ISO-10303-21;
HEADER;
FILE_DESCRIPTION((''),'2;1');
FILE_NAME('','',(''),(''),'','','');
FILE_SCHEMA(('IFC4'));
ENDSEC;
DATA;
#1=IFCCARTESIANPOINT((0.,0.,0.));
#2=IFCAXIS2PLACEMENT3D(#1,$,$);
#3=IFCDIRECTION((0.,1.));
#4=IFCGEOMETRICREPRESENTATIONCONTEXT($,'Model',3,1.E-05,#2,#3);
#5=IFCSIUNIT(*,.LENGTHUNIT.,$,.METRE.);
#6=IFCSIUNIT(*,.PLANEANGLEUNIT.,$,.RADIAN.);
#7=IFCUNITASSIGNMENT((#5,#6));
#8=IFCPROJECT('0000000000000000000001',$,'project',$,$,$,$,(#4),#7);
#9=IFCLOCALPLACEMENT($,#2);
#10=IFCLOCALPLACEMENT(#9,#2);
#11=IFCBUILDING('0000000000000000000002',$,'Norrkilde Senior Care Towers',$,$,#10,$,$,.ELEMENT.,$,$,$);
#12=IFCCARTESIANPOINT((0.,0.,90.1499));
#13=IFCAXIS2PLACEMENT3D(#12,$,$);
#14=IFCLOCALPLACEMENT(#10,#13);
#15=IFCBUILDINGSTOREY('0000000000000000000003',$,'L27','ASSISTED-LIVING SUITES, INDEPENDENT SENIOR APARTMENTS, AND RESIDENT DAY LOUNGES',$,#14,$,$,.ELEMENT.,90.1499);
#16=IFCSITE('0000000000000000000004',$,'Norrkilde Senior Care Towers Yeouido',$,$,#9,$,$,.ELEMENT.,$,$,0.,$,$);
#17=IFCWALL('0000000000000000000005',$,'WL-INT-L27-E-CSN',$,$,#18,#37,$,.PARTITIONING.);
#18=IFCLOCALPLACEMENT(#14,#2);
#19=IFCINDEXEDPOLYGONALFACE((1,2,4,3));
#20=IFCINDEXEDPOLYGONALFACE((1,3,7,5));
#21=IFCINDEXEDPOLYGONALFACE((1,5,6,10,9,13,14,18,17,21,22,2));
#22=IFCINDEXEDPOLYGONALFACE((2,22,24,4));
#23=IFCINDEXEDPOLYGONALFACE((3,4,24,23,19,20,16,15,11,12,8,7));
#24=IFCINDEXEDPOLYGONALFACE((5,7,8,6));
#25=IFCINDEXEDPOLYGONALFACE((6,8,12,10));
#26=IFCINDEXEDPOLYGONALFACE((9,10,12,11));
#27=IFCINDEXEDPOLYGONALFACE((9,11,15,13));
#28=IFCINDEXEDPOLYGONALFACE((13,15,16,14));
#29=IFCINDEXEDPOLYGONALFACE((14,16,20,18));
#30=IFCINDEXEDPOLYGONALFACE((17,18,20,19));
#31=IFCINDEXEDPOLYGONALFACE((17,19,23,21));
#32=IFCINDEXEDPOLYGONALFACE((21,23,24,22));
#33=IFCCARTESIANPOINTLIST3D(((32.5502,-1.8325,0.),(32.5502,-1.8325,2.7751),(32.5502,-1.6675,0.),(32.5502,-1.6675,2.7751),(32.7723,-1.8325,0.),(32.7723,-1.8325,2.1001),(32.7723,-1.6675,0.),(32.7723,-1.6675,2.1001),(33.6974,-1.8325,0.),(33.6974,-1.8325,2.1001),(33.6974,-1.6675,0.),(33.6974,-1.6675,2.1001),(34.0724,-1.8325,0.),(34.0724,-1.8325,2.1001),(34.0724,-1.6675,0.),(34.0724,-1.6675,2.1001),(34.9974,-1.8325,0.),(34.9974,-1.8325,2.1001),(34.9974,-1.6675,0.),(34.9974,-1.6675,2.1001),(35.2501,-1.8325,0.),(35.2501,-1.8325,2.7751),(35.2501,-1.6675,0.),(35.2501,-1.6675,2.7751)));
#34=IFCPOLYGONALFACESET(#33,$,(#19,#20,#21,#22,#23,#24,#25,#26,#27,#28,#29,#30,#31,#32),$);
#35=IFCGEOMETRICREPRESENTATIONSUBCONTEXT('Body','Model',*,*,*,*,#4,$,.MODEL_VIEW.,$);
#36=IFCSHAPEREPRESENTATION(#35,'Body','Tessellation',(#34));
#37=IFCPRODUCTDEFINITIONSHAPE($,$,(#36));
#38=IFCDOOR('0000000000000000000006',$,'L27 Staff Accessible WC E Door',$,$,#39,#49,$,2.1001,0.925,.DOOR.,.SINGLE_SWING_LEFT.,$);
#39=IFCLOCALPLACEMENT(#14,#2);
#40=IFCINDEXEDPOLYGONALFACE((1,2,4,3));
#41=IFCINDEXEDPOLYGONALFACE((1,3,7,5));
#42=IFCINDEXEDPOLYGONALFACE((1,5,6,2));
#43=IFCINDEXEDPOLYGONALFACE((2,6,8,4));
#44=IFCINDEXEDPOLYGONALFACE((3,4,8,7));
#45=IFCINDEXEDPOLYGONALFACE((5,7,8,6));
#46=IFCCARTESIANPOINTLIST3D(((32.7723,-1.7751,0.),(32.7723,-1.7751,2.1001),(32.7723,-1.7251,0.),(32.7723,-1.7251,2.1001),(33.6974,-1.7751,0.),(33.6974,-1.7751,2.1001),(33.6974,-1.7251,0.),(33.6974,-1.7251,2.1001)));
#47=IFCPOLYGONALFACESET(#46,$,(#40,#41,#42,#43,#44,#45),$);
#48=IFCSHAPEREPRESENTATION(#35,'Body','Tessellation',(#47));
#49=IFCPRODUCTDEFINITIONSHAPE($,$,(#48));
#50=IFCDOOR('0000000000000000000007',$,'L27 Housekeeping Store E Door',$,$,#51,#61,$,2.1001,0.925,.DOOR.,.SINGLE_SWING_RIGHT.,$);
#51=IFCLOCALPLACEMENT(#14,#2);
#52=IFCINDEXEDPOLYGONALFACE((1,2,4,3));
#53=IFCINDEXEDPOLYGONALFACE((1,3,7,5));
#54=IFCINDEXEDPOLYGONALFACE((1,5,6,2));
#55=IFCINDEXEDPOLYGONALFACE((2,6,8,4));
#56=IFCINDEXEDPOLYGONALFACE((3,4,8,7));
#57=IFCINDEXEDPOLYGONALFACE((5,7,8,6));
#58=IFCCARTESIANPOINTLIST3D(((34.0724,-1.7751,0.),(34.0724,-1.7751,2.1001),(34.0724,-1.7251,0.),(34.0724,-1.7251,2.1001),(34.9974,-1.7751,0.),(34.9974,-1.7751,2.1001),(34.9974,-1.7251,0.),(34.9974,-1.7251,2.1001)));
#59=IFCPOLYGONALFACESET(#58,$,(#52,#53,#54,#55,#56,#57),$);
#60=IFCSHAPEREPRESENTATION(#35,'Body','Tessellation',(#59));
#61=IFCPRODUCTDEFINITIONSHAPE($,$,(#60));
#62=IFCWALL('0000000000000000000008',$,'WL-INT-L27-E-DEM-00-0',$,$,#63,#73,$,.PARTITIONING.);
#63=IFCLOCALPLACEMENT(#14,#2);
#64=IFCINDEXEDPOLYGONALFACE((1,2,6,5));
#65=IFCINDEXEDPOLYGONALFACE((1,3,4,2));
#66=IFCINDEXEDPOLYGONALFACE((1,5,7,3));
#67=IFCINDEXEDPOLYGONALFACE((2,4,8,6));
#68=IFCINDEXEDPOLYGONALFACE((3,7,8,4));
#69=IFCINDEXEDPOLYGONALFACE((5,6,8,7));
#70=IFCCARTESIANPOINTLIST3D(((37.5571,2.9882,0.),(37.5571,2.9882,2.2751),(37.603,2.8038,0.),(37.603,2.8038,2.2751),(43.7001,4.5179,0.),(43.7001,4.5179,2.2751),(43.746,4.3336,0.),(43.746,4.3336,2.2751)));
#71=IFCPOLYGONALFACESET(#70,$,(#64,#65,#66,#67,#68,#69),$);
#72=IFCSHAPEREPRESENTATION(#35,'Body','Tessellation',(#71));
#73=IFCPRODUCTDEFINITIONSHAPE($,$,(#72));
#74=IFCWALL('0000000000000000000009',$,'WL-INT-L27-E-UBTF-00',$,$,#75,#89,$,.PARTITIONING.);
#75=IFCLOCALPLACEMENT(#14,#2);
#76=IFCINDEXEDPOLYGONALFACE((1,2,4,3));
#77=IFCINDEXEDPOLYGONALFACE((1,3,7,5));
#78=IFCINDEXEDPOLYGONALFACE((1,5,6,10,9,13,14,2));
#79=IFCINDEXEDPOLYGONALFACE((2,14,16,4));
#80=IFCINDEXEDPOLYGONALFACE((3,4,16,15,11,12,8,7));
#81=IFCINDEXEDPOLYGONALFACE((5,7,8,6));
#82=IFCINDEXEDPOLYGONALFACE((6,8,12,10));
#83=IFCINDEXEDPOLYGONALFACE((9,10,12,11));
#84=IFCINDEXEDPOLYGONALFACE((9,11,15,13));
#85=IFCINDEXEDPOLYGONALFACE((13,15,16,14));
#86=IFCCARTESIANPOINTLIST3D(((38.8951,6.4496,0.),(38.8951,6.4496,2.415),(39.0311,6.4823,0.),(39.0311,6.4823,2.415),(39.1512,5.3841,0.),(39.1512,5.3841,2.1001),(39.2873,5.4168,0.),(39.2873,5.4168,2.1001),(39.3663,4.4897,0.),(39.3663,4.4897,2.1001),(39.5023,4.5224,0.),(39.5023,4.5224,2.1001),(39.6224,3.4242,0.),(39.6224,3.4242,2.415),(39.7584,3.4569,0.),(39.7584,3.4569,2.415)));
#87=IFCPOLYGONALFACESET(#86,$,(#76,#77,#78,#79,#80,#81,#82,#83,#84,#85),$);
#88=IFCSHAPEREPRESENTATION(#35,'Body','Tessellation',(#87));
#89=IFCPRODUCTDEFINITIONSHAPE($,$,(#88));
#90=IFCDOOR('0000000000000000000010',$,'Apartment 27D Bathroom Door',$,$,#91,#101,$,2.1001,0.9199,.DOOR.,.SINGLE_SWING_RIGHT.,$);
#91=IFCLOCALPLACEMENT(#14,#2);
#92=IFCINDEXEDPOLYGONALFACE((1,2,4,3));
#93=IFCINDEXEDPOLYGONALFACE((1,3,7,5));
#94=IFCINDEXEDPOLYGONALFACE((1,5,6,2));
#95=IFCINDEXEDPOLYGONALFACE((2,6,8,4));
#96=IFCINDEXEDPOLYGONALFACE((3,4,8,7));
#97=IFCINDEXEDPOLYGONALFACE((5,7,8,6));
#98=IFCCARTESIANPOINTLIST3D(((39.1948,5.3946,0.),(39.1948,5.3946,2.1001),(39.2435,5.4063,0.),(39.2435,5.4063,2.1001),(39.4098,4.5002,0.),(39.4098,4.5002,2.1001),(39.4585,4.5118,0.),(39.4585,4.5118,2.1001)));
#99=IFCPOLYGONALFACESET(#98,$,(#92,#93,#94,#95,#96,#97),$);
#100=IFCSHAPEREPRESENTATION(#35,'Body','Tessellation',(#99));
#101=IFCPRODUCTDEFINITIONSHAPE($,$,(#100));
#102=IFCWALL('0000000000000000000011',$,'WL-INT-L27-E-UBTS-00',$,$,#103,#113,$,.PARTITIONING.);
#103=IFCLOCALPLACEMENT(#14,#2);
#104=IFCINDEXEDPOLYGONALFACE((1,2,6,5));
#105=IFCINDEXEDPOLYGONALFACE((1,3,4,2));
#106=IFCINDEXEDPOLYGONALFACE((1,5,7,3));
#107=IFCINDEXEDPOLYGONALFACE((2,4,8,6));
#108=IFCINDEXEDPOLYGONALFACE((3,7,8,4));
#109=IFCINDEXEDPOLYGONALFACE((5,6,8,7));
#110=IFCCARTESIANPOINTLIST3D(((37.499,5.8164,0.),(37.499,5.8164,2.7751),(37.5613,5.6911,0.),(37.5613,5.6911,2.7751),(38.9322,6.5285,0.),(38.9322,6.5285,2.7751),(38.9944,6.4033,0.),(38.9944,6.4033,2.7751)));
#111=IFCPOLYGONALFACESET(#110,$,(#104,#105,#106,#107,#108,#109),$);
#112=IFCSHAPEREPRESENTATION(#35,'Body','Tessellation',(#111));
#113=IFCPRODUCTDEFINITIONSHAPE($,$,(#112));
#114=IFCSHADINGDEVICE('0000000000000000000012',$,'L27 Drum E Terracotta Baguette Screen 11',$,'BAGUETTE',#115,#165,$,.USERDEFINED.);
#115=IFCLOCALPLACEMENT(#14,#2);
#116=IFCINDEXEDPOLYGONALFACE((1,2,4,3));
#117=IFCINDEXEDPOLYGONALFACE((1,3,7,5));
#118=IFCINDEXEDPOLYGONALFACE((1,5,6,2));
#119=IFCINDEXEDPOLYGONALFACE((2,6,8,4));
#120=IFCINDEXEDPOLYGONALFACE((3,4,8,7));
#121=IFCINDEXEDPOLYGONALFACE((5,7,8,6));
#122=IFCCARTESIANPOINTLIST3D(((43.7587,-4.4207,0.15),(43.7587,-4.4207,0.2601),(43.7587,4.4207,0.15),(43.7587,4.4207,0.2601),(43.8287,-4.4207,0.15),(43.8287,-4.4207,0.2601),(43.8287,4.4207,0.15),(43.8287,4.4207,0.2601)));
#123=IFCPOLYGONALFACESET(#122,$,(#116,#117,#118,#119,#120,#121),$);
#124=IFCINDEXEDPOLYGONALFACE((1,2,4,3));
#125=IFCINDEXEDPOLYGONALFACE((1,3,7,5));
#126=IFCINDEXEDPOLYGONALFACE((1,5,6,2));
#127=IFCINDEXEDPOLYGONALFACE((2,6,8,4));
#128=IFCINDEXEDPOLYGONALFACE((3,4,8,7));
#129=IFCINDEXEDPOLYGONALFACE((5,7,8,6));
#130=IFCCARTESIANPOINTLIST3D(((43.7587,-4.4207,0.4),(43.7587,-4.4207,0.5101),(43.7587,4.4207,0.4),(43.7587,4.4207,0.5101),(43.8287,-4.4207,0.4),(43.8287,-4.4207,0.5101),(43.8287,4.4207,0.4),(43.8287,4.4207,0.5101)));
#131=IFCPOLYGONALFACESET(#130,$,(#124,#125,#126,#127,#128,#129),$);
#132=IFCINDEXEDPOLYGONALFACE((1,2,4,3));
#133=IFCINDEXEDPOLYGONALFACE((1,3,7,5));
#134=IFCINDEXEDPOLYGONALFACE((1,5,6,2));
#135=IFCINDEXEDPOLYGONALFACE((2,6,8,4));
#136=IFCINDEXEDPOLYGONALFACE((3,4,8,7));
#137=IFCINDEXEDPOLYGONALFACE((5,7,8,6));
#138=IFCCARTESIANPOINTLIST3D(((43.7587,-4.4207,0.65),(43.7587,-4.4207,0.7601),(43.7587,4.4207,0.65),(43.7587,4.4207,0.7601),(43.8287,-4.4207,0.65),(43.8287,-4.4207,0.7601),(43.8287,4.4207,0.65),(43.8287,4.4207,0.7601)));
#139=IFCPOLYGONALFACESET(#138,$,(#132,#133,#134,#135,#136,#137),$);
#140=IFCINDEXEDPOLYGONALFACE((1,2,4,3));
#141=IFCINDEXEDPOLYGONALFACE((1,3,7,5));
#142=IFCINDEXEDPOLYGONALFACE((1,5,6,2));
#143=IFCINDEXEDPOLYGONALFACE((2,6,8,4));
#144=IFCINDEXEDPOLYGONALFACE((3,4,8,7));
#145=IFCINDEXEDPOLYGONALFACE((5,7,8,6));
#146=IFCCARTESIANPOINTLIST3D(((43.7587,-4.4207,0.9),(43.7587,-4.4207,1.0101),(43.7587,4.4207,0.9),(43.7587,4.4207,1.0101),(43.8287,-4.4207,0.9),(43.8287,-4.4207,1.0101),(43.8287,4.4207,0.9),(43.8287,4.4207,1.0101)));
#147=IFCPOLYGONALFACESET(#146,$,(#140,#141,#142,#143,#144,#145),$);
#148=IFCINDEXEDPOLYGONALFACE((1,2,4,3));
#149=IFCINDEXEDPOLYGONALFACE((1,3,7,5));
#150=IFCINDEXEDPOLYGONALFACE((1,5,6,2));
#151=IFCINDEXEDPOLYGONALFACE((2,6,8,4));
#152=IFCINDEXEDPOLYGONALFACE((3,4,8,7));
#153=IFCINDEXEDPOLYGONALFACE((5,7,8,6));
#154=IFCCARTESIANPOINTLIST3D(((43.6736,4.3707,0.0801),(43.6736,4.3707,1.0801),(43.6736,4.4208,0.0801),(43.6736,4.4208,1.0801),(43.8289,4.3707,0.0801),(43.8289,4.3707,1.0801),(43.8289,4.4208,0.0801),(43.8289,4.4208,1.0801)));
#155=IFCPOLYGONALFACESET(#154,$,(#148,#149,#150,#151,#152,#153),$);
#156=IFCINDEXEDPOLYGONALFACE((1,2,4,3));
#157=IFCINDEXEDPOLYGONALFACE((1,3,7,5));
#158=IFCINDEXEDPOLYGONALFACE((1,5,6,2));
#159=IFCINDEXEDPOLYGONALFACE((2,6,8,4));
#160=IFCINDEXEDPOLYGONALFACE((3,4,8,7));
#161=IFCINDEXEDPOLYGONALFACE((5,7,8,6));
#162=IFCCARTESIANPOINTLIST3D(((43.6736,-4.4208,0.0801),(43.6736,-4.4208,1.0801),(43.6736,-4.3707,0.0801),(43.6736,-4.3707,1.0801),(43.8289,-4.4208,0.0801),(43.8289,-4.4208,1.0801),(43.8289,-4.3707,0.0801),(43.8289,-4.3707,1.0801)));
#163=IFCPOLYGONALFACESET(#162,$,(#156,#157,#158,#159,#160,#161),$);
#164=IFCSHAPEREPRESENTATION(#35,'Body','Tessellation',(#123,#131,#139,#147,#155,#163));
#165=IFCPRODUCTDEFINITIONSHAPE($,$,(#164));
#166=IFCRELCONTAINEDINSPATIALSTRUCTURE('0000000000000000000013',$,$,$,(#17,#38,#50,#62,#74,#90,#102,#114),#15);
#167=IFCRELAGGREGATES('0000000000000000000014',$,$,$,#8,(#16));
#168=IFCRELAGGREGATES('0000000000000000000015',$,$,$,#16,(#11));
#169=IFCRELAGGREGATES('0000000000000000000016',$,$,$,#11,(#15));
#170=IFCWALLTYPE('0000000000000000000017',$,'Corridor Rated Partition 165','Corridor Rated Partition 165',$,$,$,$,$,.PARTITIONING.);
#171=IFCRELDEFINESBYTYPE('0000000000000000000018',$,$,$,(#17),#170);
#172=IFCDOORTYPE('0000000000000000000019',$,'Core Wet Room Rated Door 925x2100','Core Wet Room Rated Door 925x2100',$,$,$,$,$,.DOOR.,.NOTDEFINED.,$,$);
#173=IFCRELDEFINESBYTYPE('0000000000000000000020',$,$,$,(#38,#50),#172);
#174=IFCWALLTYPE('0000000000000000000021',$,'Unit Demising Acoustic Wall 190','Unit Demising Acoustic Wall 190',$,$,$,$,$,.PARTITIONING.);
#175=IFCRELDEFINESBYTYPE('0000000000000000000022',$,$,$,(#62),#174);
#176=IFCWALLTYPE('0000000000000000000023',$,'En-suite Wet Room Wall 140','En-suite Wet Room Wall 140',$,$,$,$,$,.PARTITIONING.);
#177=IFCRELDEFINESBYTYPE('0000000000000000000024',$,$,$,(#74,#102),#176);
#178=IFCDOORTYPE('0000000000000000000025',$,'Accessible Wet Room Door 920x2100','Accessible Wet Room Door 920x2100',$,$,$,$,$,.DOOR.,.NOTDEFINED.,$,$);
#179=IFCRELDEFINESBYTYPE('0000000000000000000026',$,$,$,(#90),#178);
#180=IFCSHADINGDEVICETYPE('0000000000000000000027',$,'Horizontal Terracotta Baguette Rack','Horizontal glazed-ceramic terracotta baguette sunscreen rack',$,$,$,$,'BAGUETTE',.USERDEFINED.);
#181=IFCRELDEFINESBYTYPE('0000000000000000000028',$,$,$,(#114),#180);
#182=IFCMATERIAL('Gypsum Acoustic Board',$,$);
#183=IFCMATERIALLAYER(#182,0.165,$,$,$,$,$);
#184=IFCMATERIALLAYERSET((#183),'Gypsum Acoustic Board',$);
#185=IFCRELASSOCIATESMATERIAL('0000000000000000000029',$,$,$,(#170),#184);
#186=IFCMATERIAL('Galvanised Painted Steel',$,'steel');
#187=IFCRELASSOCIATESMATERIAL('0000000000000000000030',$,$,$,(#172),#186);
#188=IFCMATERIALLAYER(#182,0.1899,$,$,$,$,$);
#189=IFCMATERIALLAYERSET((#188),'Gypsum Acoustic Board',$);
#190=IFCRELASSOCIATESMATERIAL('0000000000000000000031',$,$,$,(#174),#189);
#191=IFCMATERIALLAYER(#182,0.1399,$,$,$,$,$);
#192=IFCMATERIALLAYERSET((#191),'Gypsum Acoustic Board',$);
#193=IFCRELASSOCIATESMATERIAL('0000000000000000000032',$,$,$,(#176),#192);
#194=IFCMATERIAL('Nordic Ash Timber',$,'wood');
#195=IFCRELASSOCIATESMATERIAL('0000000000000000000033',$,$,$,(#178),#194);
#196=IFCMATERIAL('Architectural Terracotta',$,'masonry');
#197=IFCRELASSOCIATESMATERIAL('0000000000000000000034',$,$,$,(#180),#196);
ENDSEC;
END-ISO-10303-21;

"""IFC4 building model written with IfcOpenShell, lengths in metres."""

from ifc_helpers import new_model, si_unit, direction, frame, frame_2d, origin, origin_2d, place, context, subcontext, project, spatial, rectangle, extrude, source, transform, mapped, material, layer, layer_set, type_object, type_shapes, element, fill, save


model = new_model("IFC4")

# Units and contexts
model_context = context("Model", 3, precision=1e-05, world=origin(), true_north=direction((0.0, 1.0)))
body_context = subcontext(model_context, "Body", "Model", "MODEL_VIEW")
ifc_project = project(units=[si_unit("LENGTHUNIT", "METRE"), si_unit("PLANEANGLEUNIT", "RADIAN")], contexts=[model_context])

# Site, building, storey
site_placement = place(None, origin())
site = spatial("IfcSite", under=ifc_project, at=site_placement, Name="Norrkilde Senior Care Towers Yeouido", CompositionType="ELEMENT", RefElevation=0.0)
building_placement = place(site_placement, origin())
building = spatial("IfcBuilding", under=site, at=building_placement, Name="Norrkilde Senior Care Towers", CompositionType="ELEMENT")
storey_placement = place(building_placement, frame((0.0, 0.0, 90.1499)))
storey = spatial("IfcBuildingStorey", under=building, at=storey_placement, Name="L27", Description="ASSISTED-LIVING SUITES, INDEPENDENT SENIOR APARTMENTS, AND RESIDENT DAY LOUNGES", CompositionType="ELEMENT", Elevation=90.1499)

# Shared definitions
ifc_material_1 = material(Name="Galvanised Painted Steel", Category="steel")

# Wall, openings, doors
ifc_material_2 = material(Name="Gypsum Acoustic Board")
ifc_layer_1 = layer(ifc_material_2, 0.165)
ifc_layer_set_1 = layer_set([ifc_layer_1], Name="Gypsum Acoustic Board")
wall_type_1 = type_object("IfcWallType", Name="Corridor Rated Partition 165", Description="Corridor Rated Partition 165", PredefinedType="PARTITIONING", material=ifc_layer_set_1)
shared_shape_1 = source(origin(), body_context, "Body", "SweptSolid", [
    extrude(rectangle(XDim=2.7, YDim=0.165, at=frame_2d((1.3501, 0.0))), origin(), (0.0, 0.0, 1.0), 2.7751),
])
type_shapes(wall_type_1, [shared_shape_1])
wall_1_placement = place(storey_placement, frame((32.55, -1.75, 0.0), z_axis=(0.0, 0.0, 1.0), x_axis=(1.0, 0.0, 0.0)))
wall_1 = element("IfcWall", 1, at=wall_1_placement, inside=storey, type_object=wall_type_1, Name="WL-INT-L27-E-CSN", PredefinedType="PARTITIONING", context=body_context, shape_type="MappedRepresentation", body=[
    mapped(shared_shape_1, transform((0.0, 0.0, 0.0), x_axis=(1.0, 0.0, 0.0), y_axis=(0.0, 1.0, 0.0), z_axis=(0.0, 0.0, 1.0), scale=1.0)),
])
opening_1_placement = place(wall_1_placement, frame((0.2224, 0.0, 0.0)))
opening_1 = element("IfcOpeningElement", 2, at=opening_1_placement, cuts=wall_1, PredefinedType="OPENING", context=body_context, shape_type="SweptSolid", body=[
    extrude(rectangle(XDim=0.925, YDim=2.1001, at=frame_2d((0.4624, 1.05))), frame((0.0, 0.0925, 0.0), z_axis=(0.0, -1.0, 0.0), x_axis=(1.0, 0.0, 0.0)), (0.0, 0.0, 1.0), 0.1851),
])
opening_2_placement = place(wall_1_placement, frame((1.5225, 0.0, 0.0)))
opening_2 = element("IfcOpeningElement", 3, at=opening_2_placement, cuts=wall_1, PredefinedType="OPENING", context=body_context, shape_type="SweptSolid", body=[
    extrude(rectangle(XDim=0.925, YDim=2.1001, at=frame_2d((0.4624, 1.05))), frame((0.0, 0.0925, 0.0), z_axis=(0.0, -1.0, 0.0), x_axis=(1.0, 0.0, 0.0)), (0.0, 0.0, 1.0), 0.1851),
])
door_type_1 = type_object("IfcDoorType", Name="Core Wet Room Rated Door 925x2100", Description="Core Wet Room Rated Door 925x2100", OperationType="NOTDEFINED", PredefinedType="DOOR", material=ifc_material_1)
shared_shape_2 = source(origin(), body_context, "Body", "SweptSolid", [
    extrude(rectangle(XDim=0.925, YDim=2.1001, at=frame_2d((0.4624, 1.05))), frame((0.0, 0.0249, 0.0), z_axis=(0.0, -1.0, 0.0), x_axis=(1.0, 0.0, 0.0)), (0.0, 0.0, 1.0), 0.05),
])
type_shapes(door_type_1, [shared_shape_2])
door_1_placement = place(opening_1_placement, origin())
door_1 = element("IfcDoor", 4, at=door_1_placement, inside=storey, type_object=door_type_1, Name="L27 Staff Accessible WC E Door", OperationType="SINGLE_SWING_LEFT", OverallHeight=2.1001, OverallWidth=0.925, PredefinedType="DOOR", context=body_context, shape_type="MappedRepresentation", body=[
    mapped(shared_shape_2, transform((0.0, 0.0, 0.0), x_axis=(1.0, 0.0, 0.0), y_axis=(0.0, 1.0, 0.0), z_axis=(0.0, 0.0, 1.0), scale=1.0)),
])
fill(opening_1, door_1)
door_2_placement = place(opening_2_placement, origin())
door_2 = element("IfcDoor", 5, at=door_2_placement, inside=storey, type_object=door_type_1, Name="L27 Housekeeping Store E Door", OperationType="SINGLE_SWING_RIGHT", OverallHeight=2.1001, OverallWidth=0.925, PredefinedType="DOOR", context=body_context, shape_type="MappedRepresentation", body=[
    mapped(shared_shape_2, transform((0.0, 0.0, 0.0), x_axis=(1.0, 0.0, 0.0), y_axis=(0.0, 1.0, 0.0), z_axis=(0.0, 0.0, 1.0), scale=1.0)),
])
fill(opening_2, door_2)

# Wall
ifc_layer_2 = layer(ifc_material_2, 0.1899)
ifc_layer_set_2 = layer_set([ifc_layer_2], Name="Gypsum Acoustic Board")
wall_type_2 = type_object("IfcWallType", Name="Unit Demising Acoustic Wall 190", Description="Unit Demising Acoustic Wall 190", PredefinedType="PARTITIONING", material=ifc_layer_set_2)
shared_shape_3 = source(origin(), body_context, "Body", "SweptSolid", [
    extrude(rectangle(XDim=6.3306, YDim=0.1899, at=frame_2d((3.1653, 0.0))), origin(), (0.0, 0.0, 1.0), 2.2751),
])
type_shapes(wall_type_2, [shared_shape_3])
wall_2_placement = place(storey_placement, frame((37.5801, 2.896, 0.0), z_axis=(0.0, 0.0, 1.0), x_axis=(0.970364, 0.241646, 0.0)))
element("IfcWall", 6, at=wall_2_placement, inside=storey, type_object=wall_type_2, Name="WL-INT-L27-E-DEM-00-0", PredefinedType="PARTITIONING", context=body_context, shape_type="MappedRepresentation", body=[
    mapped(shared_shape_3, transform((0.0, 0.0, 0.0), x_axis=(1.0, 0.0, 0.0), y_axis=(0.0, 1.0, 0.0), z_axis=(0.0, 0.0, 1.0), scale=1.0)),
])

# Wall, opening, door
ifc_layer_3 = layer(ifc_material_2, 0.1399)
ifc_layer_set_3 = layer_set([ifc_layer_3], Name="Gypsum Acoustic Board")
wall_type_3 = type_object("IfcWallType", Name="En-suite Wet Room Wall 140", Description="En-suite Wet Room Wall 140", PredefinedType="PARTITIONING", material=ifc_layer_set_3)
shared_shape_4 = source(origin(), body_context, "Body", "SweptSolid", [
    extrude(rectangle(XDim=3.1116, YDim=0.1399, at=frame_2d((1.5557, 0.0))), origin(), (0.0, 0.0, 1.0), 2.415),
])
wall_3_placement = place(storey_placement, frame((38.9631, 6.4658, 0.0), z_axis=(0.0, 0.0, 1.0), x_axis=(0.233738, -0.9723, 0.0)))
wall_3 = element("IfcWall", 7, at=wall_3_placement, inside=storey, type_object=wall_type_3, Name="WL-INT-L27-E-UBTF-00", PredefinedType="PARTITIONING", context=body_context, shape_type="MappedRepresentation", body=[
    mapped(shared_shape_4, transform((0.0, 0.0, 0.0), x_axis=(1.0, 0.0, 0.0), y_axis=(0.0, 1.0, 0.0), z_axis=(0.0, 0.0, 1.0), scale=1.0)),
])
opening_3_placement = place(wall_3_placement, frame((1.0957, 0.0, 0.0)))
opening_3 = element("IfcOpeningElement", 8, at=opening_3_placement, cuts=wall_3, PredefinedType="OPENING", context=body_context, shape_type="SweptSolid", body=[
    extrude(rectangle(XDim=0.9199, YDim=2.1001, at=frame_2d((0.46, 1.05))), frame((0.0, 0.0798, 0.0), z_axis=(0.0, -1.0, 0.0), x_axis=(1.0, 0.0, 0.0)), (0.0, 0.0, 1.0), 0.1599),
])
ifc_material_3 = material(Name="Nordic Ash Timber", Category="wood")
door_type_2 = type_object("IfcDoorType", Name="Accessible Wet Room Door 920x2100", Description="Accessible Wet Room Door 920x2100", OperationType="NOTDEFINED", PredefinedType="DOOR", material=ifc_material_3)
shared_shape_5 = source(origin(), body_context, "Body", "SweptSolid", [
    extrude(rectangle(XDim=0.9199, YDim=2.1001, at=frame_2d((0.46, 1.05))), frame((0.0, 0.0249, 0.0), z_axis=(0.0, -1.0, 0.0), x_axis=(1.0, 0.0, 0.0)), (0.0, 0.0, 1.0), 0.05),
])
type_shapes(door_type_2, [shared_shape_5])
door_3_placement = place(opening_3_placement, origin())
door_3 = element("IfcDoor", 9, at=door_3_placement, inside=storey, type_object=door_type_2, Name="Apartment 27D Bathroom Door", OperationType="SINGLE_SWING_RIGHT", OverallHeight=2.1001, OverallWidth=0.9199, PredefinedType="DOOR", context=body_context, shape_type="MappedRepresentation", body=[
    mapped(shared_shape_5, transform((0.0, 0.0, 0.0), x_axis=(1.0, 0.0, 0.0), y_axis=(0.0, 1.0, 0.0), z_axis=(0.0, 0.0, 1.0), scale=1.0)),
])
fill(opening_3, door_3)

# Wall
shared_shape_6 = source(origin(), body_context, "Body", "SweptSolid", [
    extrude(rectangle(XDim=1.6003, YDim=0.1399, at=frame_2d((0.8003, 0.0))), origin(), (0.0, 0.0, 1.0), 2.7751),
])
type_shapes(wall_type_3, [shared_shape_4, shared_shape_6])
wall_4_placement = place(storey_placement, frame((37.53, 5.7537, 0.0), z_axis=(0.0, 0.0, 1.0), x_axis=(0.895523, 0.445015, 0.0)))
element("IfcWall", 10, at=wall_4_placement, inside=storey, type_object=wall_type_3, Name="WL-INT-L27-E-UBTS-00", PredefinedType="PARTITIONING", context=body_context, shape_type="MappedRepresentation", body=[
    mapped(shared_shape_6, transform((0.0, 0.0, 0.0), x_axis=(1.0, 0.0, 0.0), y_axis=(0.0, 1.0, 0.0), z_axis=(0.0, 0.0, 1.0), scale=1.0)),
])

# Shading device
ifc_material_4 = material(Name="Architectural Terracotta", Category="masonry")
shading_device_type = type_object("IfcShadingDeviceType", Name="Horizontal Terracotta Baguette Rack", Description="Horizontal glazed-ceramic terracotta baguette sunscreen rack", ElementType="BAGUETTE", PredefinedType="USERDEFINED", material=ifc_material_4)
shared_shape_7 = source(origin(), body_context, "Body", "SweptSolid", [
    extrude(rectangle(XDim=0.0701, YDim=0.1101, at=origin_2d()), frame((0.0, 0.0901, 0.125), z_axis=(1.0, 0.0, 0.0), x_axis=(0.0, 1.0, 0.0)), (0.0, 0.0, 1.0), 8.8413),
    extrude(rectangle(XDim=0.0701, YDim=0.1101, at=origin_2d()), frame((0.0, 0.0901, 0.375), z_axis=(1.0, 0.0, 0.0), x_axis=(0.0, 1.0, 0.0)), (0.0, 0.0, 1.0), 8.8413),
    extrude(rectangle(XDim=0.0701, YDim=0.1101, at=origin_2d()), frame((0.0, 0.0901, 0.625), z_axis=(1.0, 0.0, 0.0), x_axis=(0.0, 1.0, 0.0)), (0.0, 0.0, 1.0), 8.8413),
    extrude(rectangle(XDim=0.0701, YDim=0.1101, at=origin_2d()), frame((0.0, 0.0901, 0.875), z_axis=(1.0, 0.0, 0.0), x_axis=(0.0, 1.0, 0.0)), (0.0, 0.0, 1.0), 8.8413),
    extrude(rectangle(XDim=0.05, YDim=0.1553, at=origin_2d()), frame((0.0249, 0.0476, 0.0)), (0.0, 0.0, 1.0), 1.0),
    extrude(rectangle(XDim=0.05, YDim=0.1553, at=origin_2d()), frame((8.8164, 0.0476, 0.0)), (0.0, 0.0, 1.0), 1.0),
])
type_shapes(shading_device_type, [shared_shape_7])
shading_device_placement = place(storey_placement, frame((43.7036, 4.4207, 0.0801), z_axis=(0.0, 0.0, 1.0), x_axis=(0.0, -1.0, 0.0)))
element("IfcShadingDevice", 11, at=shading_device_placement, inside=storey, type_object=shading_device_type, Name="L27 Drum E Terracotta Baguette Screen 11", ObjectType="BAGUETTE", PredefinedType="USERDEFINED", context=body_context, shape_type="MappedRepresentation", body=[
    mapped(shared_shape_7, transform((0.0, 0.0, 0.0), x_axis=(1.0, 0.0, 0.0), y_axis=(0.0, 1.0, 0.0), z_axis=(0.0, 0.0, 1.0), scale=1.0)),
])

save(model, "model.ifc")
